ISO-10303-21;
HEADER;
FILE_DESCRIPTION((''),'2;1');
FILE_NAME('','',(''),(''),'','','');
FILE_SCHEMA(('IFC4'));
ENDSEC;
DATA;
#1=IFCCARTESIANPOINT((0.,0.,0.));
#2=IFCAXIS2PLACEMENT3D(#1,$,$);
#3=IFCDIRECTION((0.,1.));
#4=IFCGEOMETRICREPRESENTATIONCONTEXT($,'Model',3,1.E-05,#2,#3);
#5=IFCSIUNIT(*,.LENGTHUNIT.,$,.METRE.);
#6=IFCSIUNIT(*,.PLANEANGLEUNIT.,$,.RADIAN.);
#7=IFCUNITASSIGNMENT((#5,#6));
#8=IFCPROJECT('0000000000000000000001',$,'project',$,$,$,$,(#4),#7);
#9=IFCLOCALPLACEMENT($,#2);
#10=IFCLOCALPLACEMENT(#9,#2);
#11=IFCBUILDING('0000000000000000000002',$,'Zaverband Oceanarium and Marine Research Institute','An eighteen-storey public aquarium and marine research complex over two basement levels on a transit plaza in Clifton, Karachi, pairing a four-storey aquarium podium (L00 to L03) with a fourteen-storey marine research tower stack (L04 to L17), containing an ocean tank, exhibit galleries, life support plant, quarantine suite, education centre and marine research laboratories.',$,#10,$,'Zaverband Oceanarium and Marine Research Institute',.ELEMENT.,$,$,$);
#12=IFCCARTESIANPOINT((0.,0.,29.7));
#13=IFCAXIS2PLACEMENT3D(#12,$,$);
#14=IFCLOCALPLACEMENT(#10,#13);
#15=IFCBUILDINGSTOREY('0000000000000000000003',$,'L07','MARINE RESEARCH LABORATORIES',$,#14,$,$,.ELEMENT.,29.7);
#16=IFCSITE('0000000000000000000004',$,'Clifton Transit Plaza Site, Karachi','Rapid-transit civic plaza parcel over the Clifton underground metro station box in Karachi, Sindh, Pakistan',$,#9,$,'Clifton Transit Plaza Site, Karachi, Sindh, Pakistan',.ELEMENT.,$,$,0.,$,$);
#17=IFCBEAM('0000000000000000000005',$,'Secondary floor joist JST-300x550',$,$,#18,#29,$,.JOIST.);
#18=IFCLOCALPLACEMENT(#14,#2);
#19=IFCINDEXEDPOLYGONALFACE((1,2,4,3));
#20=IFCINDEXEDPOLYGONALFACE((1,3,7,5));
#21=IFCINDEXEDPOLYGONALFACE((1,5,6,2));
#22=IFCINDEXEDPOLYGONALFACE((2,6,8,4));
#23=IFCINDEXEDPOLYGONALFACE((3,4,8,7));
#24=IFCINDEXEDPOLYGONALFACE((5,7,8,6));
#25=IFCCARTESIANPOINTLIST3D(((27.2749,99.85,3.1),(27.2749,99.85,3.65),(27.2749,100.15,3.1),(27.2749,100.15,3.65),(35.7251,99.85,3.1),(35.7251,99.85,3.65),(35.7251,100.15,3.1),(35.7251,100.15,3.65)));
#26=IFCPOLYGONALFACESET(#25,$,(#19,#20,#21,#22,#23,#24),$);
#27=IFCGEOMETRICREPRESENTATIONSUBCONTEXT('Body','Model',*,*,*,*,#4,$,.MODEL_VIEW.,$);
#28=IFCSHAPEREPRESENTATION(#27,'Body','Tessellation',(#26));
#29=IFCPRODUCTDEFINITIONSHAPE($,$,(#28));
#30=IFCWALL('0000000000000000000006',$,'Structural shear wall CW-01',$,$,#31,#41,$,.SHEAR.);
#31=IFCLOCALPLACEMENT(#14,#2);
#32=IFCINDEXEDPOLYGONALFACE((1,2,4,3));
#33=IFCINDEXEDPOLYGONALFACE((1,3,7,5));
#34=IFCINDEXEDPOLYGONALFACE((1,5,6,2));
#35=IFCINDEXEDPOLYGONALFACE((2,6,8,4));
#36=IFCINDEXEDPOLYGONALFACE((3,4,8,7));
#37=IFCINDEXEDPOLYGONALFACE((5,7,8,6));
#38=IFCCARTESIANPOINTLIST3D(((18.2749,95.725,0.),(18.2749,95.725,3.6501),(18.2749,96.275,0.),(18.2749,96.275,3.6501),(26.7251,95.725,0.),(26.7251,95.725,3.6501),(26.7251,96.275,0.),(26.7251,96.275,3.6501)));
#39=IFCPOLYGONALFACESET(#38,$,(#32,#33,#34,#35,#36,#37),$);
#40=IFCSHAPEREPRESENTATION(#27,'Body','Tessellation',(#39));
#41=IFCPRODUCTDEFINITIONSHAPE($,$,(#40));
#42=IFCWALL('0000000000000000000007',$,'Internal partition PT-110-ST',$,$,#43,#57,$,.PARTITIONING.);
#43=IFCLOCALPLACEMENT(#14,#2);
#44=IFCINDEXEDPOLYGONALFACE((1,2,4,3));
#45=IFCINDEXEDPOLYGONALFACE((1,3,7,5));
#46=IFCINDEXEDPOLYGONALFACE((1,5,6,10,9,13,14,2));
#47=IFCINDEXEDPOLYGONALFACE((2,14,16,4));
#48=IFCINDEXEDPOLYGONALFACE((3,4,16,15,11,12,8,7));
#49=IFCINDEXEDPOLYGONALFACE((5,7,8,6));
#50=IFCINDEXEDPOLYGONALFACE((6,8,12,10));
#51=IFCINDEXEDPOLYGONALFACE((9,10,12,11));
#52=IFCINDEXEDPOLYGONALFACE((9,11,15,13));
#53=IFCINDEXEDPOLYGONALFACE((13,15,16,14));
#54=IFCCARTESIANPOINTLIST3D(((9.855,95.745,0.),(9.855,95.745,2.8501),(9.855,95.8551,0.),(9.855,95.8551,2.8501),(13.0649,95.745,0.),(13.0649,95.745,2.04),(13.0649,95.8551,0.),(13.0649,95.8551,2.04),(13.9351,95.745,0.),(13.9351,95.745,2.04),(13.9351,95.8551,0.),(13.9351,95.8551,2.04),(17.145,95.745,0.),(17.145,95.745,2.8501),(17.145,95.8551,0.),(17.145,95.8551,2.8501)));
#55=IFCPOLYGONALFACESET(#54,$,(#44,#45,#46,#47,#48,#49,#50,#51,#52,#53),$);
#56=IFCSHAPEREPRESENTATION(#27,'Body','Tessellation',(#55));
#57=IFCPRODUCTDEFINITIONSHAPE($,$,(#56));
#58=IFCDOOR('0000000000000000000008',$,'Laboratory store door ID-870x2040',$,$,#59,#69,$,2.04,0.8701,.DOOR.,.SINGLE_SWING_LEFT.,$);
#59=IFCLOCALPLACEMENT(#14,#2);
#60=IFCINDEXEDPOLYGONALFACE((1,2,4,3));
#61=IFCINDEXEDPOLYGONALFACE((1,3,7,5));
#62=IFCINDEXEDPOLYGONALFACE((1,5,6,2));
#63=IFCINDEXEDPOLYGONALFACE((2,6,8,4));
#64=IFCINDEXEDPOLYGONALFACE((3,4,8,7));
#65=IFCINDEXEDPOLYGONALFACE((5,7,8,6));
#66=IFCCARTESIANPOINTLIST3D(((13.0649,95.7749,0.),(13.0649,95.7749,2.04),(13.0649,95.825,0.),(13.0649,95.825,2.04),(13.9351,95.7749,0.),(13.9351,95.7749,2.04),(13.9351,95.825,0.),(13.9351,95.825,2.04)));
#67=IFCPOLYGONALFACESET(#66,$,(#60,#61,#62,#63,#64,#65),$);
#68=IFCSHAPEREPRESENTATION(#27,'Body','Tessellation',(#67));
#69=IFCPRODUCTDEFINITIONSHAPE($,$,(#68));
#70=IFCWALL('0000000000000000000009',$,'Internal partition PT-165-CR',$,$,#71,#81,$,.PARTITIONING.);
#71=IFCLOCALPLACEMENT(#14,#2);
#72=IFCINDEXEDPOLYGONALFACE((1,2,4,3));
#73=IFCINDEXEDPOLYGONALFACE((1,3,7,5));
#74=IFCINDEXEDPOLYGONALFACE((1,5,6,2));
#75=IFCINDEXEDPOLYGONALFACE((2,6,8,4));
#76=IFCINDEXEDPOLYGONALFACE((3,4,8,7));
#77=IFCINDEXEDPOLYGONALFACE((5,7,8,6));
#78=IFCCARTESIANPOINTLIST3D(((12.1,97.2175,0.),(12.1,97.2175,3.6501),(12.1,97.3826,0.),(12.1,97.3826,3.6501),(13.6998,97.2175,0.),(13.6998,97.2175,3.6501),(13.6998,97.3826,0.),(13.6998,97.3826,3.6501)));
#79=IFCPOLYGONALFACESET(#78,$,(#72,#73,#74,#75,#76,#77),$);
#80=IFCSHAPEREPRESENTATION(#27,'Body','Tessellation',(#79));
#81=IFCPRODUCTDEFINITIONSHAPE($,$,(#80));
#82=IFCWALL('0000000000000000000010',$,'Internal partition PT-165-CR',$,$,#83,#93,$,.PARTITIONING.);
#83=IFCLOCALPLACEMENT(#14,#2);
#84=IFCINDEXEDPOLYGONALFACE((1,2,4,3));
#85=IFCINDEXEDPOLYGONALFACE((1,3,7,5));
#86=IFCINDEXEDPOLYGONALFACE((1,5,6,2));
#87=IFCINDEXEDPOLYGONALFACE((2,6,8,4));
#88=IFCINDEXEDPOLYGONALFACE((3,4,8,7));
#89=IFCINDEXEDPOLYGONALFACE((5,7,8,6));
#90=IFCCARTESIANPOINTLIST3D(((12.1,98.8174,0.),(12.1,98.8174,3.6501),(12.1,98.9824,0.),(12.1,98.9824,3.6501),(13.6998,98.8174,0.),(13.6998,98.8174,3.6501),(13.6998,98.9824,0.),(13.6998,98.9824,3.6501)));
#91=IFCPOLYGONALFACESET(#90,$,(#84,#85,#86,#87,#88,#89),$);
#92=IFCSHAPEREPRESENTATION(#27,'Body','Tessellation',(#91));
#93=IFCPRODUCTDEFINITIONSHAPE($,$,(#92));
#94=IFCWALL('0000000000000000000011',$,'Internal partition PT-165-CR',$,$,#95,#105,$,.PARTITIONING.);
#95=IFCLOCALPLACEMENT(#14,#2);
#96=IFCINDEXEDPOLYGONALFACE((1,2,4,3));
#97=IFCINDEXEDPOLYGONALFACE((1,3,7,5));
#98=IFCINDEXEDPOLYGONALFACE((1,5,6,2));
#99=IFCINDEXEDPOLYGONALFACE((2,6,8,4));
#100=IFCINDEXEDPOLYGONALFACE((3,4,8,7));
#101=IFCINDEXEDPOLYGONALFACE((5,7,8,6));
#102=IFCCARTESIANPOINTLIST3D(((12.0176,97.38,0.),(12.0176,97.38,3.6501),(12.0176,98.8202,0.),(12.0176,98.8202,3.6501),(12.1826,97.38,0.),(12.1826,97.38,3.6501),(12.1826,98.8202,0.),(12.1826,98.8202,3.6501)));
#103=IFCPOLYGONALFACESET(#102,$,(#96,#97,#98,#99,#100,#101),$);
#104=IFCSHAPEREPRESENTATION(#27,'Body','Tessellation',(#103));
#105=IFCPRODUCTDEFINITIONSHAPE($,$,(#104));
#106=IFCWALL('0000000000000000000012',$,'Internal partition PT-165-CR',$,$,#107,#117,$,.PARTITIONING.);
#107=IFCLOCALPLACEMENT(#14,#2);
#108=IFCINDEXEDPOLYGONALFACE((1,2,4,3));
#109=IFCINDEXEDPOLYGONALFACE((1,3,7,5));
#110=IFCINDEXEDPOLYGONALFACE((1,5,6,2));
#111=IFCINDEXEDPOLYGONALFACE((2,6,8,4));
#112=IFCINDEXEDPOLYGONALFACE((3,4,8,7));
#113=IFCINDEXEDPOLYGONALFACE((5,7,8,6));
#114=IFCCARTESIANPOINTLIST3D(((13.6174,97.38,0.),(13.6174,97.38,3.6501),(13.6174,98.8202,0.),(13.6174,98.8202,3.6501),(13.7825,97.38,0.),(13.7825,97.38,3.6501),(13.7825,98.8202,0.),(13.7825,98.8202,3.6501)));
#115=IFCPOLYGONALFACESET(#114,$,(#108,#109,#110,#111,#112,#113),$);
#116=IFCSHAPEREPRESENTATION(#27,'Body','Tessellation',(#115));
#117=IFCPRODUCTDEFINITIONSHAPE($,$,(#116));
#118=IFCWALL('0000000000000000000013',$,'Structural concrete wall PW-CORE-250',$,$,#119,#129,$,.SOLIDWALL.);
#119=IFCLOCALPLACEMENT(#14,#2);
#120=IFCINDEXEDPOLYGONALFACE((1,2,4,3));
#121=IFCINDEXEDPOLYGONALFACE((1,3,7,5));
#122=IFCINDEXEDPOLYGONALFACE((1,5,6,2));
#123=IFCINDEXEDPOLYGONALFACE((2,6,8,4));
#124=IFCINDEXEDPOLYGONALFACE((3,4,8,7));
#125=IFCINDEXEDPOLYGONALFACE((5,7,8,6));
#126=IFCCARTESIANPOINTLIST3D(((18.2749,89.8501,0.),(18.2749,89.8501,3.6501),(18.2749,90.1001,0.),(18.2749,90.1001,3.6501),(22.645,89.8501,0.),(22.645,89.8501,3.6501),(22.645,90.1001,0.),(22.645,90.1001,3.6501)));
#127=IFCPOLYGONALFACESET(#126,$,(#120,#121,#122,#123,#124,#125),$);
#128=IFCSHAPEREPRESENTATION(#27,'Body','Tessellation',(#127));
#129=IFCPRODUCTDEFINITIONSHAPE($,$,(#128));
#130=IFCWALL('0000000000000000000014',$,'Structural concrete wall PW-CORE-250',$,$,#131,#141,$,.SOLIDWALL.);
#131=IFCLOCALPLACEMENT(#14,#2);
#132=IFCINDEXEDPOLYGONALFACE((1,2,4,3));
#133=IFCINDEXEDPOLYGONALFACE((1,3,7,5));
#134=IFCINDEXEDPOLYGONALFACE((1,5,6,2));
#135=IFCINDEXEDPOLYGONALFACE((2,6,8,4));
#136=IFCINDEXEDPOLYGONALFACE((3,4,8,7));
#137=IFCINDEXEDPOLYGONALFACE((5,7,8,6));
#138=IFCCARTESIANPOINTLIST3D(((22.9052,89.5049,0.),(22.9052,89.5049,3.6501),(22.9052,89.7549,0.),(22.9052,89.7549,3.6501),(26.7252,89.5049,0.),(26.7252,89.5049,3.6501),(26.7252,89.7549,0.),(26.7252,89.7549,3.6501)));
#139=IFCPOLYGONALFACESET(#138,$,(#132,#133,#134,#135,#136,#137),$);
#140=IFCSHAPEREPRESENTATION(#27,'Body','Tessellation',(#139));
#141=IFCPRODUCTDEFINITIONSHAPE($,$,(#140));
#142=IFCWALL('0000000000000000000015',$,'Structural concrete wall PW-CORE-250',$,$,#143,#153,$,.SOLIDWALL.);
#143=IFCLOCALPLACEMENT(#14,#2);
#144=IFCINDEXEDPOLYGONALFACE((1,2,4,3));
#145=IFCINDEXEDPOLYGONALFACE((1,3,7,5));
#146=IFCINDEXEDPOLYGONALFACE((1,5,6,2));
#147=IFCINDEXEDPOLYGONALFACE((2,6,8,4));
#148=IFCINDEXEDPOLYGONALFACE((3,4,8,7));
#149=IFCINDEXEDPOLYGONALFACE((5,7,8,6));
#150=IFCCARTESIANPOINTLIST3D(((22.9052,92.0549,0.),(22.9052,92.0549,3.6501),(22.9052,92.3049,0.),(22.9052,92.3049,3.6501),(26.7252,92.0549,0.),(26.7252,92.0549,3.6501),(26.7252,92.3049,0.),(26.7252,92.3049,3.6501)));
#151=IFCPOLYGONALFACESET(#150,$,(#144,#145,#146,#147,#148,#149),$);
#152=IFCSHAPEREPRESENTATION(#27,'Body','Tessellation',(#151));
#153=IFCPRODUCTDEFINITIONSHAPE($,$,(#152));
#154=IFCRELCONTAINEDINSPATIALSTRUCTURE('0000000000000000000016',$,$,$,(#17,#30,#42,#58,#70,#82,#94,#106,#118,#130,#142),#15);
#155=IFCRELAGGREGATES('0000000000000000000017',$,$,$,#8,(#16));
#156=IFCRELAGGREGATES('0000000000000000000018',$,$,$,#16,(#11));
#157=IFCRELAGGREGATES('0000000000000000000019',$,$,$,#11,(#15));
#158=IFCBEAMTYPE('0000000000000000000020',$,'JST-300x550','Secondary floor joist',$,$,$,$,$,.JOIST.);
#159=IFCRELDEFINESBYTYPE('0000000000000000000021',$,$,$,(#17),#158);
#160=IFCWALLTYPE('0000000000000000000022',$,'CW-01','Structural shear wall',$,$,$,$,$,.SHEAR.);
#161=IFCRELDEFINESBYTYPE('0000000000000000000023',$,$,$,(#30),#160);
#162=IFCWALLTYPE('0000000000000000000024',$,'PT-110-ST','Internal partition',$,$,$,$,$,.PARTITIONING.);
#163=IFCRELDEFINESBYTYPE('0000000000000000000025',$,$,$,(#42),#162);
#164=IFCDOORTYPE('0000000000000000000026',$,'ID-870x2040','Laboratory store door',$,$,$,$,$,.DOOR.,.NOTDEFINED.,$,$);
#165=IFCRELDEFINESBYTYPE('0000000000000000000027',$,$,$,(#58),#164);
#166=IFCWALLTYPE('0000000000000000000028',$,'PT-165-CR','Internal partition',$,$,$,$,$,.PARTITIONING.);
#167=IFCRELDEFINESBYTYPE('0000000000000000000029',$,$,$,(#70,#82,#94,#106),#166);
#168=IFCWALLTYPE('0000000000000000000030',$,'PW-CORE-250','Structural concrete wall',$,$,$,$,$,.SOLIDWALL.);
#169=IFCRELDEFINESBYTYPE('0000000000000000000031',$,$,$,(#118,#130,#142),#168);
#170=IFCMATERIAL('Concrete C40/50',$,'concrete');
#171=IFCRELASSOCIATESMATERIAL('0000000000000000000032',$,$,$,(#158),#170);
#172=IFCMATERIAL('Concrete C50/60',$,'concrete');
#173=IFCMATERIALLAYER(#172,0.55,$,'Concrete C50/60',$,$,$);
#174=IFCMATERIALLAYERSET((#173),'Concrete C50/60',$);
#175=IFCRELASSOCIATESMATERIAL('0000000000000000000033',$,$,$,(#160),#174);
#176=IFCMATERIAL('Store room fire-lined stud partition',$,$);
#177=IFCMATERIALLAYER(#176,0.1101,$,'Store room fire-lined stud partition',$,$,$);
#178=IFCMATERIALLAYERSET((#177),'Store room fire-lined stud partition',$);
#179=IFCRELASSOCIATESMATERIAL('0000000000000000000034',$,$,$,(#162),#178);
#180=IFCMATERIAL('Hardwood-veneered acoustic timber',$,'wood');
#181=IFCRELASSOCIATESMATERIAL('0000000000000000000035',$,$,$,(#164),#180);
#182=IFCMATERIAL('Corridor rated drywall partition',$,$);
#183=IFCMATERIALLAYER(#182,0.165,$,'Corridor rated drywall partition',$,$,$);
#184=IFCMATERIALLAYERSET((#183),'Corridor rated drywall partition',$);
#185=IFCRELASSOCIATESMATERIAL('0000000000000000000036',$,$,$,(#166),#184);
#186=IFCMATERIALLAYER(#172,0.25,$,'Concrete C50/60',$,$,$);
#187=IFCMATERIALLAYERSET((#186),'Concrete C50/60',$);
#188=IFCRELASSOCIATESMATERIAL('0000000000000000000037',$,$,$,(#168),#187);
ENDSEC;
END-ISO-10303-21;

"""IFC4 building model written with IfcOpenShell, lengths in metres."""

from ifc_helpers import new_model, si_unit, direction, frame, frame_2d, origin, origin_2d, place, context, subcontext, project, spatial, rectangle, extrude, material, layer, layer_set, material_profile, profile_set, type_object, element, fill, save


model = new_model("IFC4")

# Units and contexts
model_context = context("Model", 3, precision=1e-05, world=origin(), true_north=direction((0.0, 1.0)))
body_context = subcontext(model_context, "Body", "Model", "MODEL_VIEW")
ifc_project = project(units=[si_unit("LENGTHUNIT", "METRE"), si_unit("PLANEANGLEUNIT", "RADIAN")], contexts=[model_context])

# Site, building, storey
site_placement = place(None, origin())
site = spatial("IfcSite", under=ifc_project, at=site_placement, Name="Clifton Transit Plaza Site, Karachi", Description="Rapid-transit civic plaza parcel over the Clifton underground metro station box in Karachi, Sindh, Pakistan", LongName="Clifton Transit Plaza Site, Karachi, Sindh, Pakistan", CompositionType="ELEMENT", RefElevation=0.0)
building_placement = place(site_placement, origin())
building = spatial("IfcBuilding", under=site, at=building_placement, Name="Zaverband Oceanarium and Marine Research Institute", Description="An eighteen-storey public aquarium and marine research complex over two basement levels on a transit plaza in Clifton, Karachi, pairing a four-storey aquarium podium (L00 to L03) with a fourteen-storey marine research tower stack (L04 to L17), containing an ocean tank, exhibit galleries, life support plant, quarantine suite, education centre and marine research laboratories.", LongName="Zaverband Oceanarium and Marine Research Institute", CompositionType="ELEMENT")
storey_placement = place(building_placement, frame((0.0, 0.0, 29.7)))
storey = spatial("IfcBuildingStorey", under=building, at=storey_placement, Name="L07", Description="MARINE RESEARCH LABORATORIES", CompositionType="ELEMENT", Elevation=29.7)

# Shared definitions
ifc_material_1 = material(Name="Concrete C50/60", Category="concrete")

# Shared definitions
ifc_material_2 = material(Name="Concrete C40/50", Category="concrete")

# Beam
ifc_material_profile_1 = material_profile(ifc_material_2, rectangle(XDim=0.3, YDim=0.55, at=origin_2d()), Name="RC300x550")
ifc_profile_set_1 = profile_set([ifc_material_profile_1], Name="Concrete C40/50")
beam_type_1 = type_object("IfcBeamType", Name="JST-300x550", Description="Secondary floor joist", PredefinedType="JOIST", material=ifc_profile_set_1)
for number, where, z_axis, x_axis, name in (
    (1, (27.2749, 100.0, 3.375), (1.0, 0.0, 0.0), (0.0, 1.0, 0.0), "Secondary floor joist JST-300x550"),
):
    element("IfcBeam", number, at=place(storey_placement, frame(where, z_axis=z_axis, x_axis=x_axis)), inside=storey, type_object=beam_type_1, Name=name, PredefinedType="JOIST", context=body_context, shape_type="SweptSolid", body=[
        extrude(rectangle(XDim=0.3, YDim=0.55, at=origin_2d()), origin(), (0.0, 0.0, 1.0), 8.4502),
    ])

# Wall
ifc_layer_1 = layer(ifc_material_1, 0.55, Name="Concrete C50/60")
ifc_layer_set_1 = layer_set([ifc_layer_1], Name="Concrete C50/60")
wall_type_1 = type_object("IfcWallType", Name="CW-01", Description="Structural shear wall", PredefinedType="SHEAR", material=ifc_layer_set_1)
wall_1_placement = place(storey_placement, frame((18.2749, 96.0, 0.0), z_axis=(0.0, 0.0, 1.0), x_axis=(1.0, 0.0, 0.0)))
element("IfcWall", 2, at=wall_1_placement, inside=storey, type_object=wall_type_1, Name="Structural shear wall CW-01", PredefinedType="SHEAR", context=body_context, shape_type="SweptSolid", body=[
    extrude(rectangle(XDim=8.4502, YDim=0.55, at=frame_2d((4.2251, 0.0))), origin(), (0.0, 0.0, 1.0), 3.6501),
])

# Wall, opening, door
ifc_material_3 = material(Name="Store room fire-lined stud partition")
ifc_layer_2 = layer(ifc_material_3, 0.1101, Name="Store room fire-lined stud partition")
ifc_layer_set_2 = layer_set([ifc_layer_2], Name="Store room fire-lined stud partition")
wall_type_2 = type_object("IfcWallType", Name="PT-110-ST", Description="Internal partition", PredefinedType="PARTITIONING", material=ifc_layer_set_2)
wall_2_placement = place(storey_placement, frame((9.855, 95.8, 0.0), z_axis=(0.0, 0.0, 1.0), x_axis=(1.0, 0.0, 0.0)))
wall_2 = element("IfcWall", 3, at=wall_2_placement, inside=storey, type_object=wall_type_2, Name="Internal partition PT-110-ST", PredefinedType="PARTITIONING", context=body_context, shape_type="SweptSolid", body=[
    extrude(rectangle(XDim=7.29, YDim=0.1101, at=frame_2d((3.645, 0.0))), origin(), (0.0, 0.0, 1.0), 2.8501),
])
opening_placement = place(wall_2_placement, frame((3.21, 0.0, 0.0)))
opening = element("IfcOpeningElement", 4, at=opening_placement, cuts=wall_2, PredefinedType="OPENING", context=body_context, shape_type="SweptSolid", body=[
    extrude(rectangle(XDim=0.8701, YDim=2.04, at=frame_2d((0.4351, 1.02))), frame((0.0, 0.0669, 0.0), z_axis=(0.0, -1.0, 0.0), x_axis=(1.0, 0.0, 0.0)), (0.0, 0.0, 1.0), 0.134),
])
ifc_material_4 = material(Name="Hardwood-veneered acoustic timber", Category="wood")
door_type = type_object("IfcDoorType", Name="ID-870x2040", Description="Laboratory store door", OperationType="NOTDEFINED", PredefinedType="DOOR", material=ifc_material_4)
door_placement = place(opening_placement, origin())
door = element("IfcDoor", 5, at=door_placement, inside=storey, type_object=door_type, Name="Laboratory store door ID-870x2040", OperationType="SINGLE_SWING_LEFT", OverallHeight=2.04, OverallWidth=0.8701, PredefinedType="DOOR", context=body_context, shape_type="SweptSolid", body=[
    extrude(rectangle(XDim=0.8701, YDim=2.04, at=frame_2d((0.4351, 1.02))), frame((0.0, 0.0249, 0.0), z_axis=(0.0, -1.0, 0.0), x_axis=(1.0, 0.0, 0.0)), (0.0, 0.0, 1.0), 0.05),
])
fill(opening, door)

# Walls
ifc_material_5 = material(Name="Corridor rated drywall partition")
ifc_layer_3 = layer(ifc_material_5, 0.165, Name="Corridor rated drywall partition")
ifc_layer_set_3 = layer_set([ifc_layer_3], Name="Corridor rated drywall partition")
wall_type_3 = type_object("IfcWallType", Name="PT-165-CR", Description="Internal partition", PredefinedType="PARTITIONING", material=ifc_layer_set_3)
for number, where, z_axis, x_axis, name in (
    (6, (12.1001, 97.3, 0.0), (0.0, 0.0, 1.0), (1.0, 0.0, 0.0), "Internal partition PT-165-CR"),
    (7, (12.1001, 98.8999, 0.0), (0.0, 0.0, 1.0), (1.0, 0.0, 0.0), "Internal partition PT-165-CR"),
):
    element("IfcWall", number, at=place(storey_placement, frame(where, z_axis=z_axis, x_axis=x_axis)), inside=storey, type_object=wall_type_3, Name=name, PredefinedType="PARTITIONING", context=body_context, shape_type="SweptSolid", body=[
        extrude(rectangle(XDim=1.5999, YDim=0.165, at=frame_2d((0.7998, 0.0))), origin(), (0.0, 0.0, 1.0), 3.6501),
    ])
for number, where, z_axis, x_axis, name in (
    (8, (12.1001, 97.3799, 0.0), (0.0, 0.0, 1.0), (0.0, 1.0, 0.0), "Internal partition PT-165-CR"),
    (9, (13.7, 97.3799, 0.0), (0.0, 0.0, 1.0), (0.0, 1.0, 0.0), "Internal partition PT-165-CR"),
):
    element("IfcWall", number, at=place(storey_placement, frame(where, z_axis=z_axis, x_axis=x_axis)), inside=storey, type_object=wall_type_3, Name=name, PredefinedType="PARTITIONING", context=body_context, shape_type="SweptSolid", body=[
        extrude(rectangle(XDim=1.4402, YDim=0.165, at=frame_2d((0.7202, 0.0))), origin(), (0.0, 0.0, 1.0), 3.6501),
    ])
ifc_layer_4 = layer(ifc_material_1, 0.25, Name="Concrete C50/60")
ifc_layer_set_4 = layer_set([ifc_layer_4], Name="Concrete C50/60")
wall_type_4 = type_object("IfcWallType", Name="PW-CORE-250", Description="Structural concrete wall", PredefinedType="SOLIDWALL", material=ifc_layer_set_4)
wall_3_placement = place(storey_placement, frame((18.2749, 89.9751, 0.0), z_axis=(0.0, 0.0, 1.0), x_axis=(1.0, 0.0, 0.0)))
element("IfcWall", 10, at=wall_3_placement, inside=storey, type_object=wall_type_4, Name="Structural concrete wall PW-CORE-250", PredefinedType="SOLIDWALL", context=body_context, shape_type="SweptSolid", body=[
    extrude(rectangle(XDim=4.3701, YDim=0.25, at=frame_2d((2.1851, 0.0))), origin(), (0.0, 0.0, 1.0), 3.6501),
])
for number, where, z_axis, x_axis, name in (
    (11, (22.905, 89.6299, 0.0), (0.0, 0.0, 1.0), (1.0, 0.0, 0.0), "Structural concrete wall PW-CORE-250"),
    (12, (22.905, 92.1799, 0.0), (0.0, 0.0, 1.0), (1.0, 0.0, 0.0), "Structural concrete wall PW-CORE-250"),
):
    element("IfcWall", number, at=place(storey_placement, frame(where, z_axis=z_axis, x_axis=x_axis)), inside=storey, type_object=wall_type_4, Name=name, PredefinedType="SOLIDWALL", context=body_context, shape_type="SweptSolid", body=[
        extrude(rectangle(XDim=3.8201, YDim=0.25, at=frame_2d((1.9102, 0.0))), origin(), (0.0, 0.0, 1.0), 3.6501),
    ])

save(model, "model.ifc")
